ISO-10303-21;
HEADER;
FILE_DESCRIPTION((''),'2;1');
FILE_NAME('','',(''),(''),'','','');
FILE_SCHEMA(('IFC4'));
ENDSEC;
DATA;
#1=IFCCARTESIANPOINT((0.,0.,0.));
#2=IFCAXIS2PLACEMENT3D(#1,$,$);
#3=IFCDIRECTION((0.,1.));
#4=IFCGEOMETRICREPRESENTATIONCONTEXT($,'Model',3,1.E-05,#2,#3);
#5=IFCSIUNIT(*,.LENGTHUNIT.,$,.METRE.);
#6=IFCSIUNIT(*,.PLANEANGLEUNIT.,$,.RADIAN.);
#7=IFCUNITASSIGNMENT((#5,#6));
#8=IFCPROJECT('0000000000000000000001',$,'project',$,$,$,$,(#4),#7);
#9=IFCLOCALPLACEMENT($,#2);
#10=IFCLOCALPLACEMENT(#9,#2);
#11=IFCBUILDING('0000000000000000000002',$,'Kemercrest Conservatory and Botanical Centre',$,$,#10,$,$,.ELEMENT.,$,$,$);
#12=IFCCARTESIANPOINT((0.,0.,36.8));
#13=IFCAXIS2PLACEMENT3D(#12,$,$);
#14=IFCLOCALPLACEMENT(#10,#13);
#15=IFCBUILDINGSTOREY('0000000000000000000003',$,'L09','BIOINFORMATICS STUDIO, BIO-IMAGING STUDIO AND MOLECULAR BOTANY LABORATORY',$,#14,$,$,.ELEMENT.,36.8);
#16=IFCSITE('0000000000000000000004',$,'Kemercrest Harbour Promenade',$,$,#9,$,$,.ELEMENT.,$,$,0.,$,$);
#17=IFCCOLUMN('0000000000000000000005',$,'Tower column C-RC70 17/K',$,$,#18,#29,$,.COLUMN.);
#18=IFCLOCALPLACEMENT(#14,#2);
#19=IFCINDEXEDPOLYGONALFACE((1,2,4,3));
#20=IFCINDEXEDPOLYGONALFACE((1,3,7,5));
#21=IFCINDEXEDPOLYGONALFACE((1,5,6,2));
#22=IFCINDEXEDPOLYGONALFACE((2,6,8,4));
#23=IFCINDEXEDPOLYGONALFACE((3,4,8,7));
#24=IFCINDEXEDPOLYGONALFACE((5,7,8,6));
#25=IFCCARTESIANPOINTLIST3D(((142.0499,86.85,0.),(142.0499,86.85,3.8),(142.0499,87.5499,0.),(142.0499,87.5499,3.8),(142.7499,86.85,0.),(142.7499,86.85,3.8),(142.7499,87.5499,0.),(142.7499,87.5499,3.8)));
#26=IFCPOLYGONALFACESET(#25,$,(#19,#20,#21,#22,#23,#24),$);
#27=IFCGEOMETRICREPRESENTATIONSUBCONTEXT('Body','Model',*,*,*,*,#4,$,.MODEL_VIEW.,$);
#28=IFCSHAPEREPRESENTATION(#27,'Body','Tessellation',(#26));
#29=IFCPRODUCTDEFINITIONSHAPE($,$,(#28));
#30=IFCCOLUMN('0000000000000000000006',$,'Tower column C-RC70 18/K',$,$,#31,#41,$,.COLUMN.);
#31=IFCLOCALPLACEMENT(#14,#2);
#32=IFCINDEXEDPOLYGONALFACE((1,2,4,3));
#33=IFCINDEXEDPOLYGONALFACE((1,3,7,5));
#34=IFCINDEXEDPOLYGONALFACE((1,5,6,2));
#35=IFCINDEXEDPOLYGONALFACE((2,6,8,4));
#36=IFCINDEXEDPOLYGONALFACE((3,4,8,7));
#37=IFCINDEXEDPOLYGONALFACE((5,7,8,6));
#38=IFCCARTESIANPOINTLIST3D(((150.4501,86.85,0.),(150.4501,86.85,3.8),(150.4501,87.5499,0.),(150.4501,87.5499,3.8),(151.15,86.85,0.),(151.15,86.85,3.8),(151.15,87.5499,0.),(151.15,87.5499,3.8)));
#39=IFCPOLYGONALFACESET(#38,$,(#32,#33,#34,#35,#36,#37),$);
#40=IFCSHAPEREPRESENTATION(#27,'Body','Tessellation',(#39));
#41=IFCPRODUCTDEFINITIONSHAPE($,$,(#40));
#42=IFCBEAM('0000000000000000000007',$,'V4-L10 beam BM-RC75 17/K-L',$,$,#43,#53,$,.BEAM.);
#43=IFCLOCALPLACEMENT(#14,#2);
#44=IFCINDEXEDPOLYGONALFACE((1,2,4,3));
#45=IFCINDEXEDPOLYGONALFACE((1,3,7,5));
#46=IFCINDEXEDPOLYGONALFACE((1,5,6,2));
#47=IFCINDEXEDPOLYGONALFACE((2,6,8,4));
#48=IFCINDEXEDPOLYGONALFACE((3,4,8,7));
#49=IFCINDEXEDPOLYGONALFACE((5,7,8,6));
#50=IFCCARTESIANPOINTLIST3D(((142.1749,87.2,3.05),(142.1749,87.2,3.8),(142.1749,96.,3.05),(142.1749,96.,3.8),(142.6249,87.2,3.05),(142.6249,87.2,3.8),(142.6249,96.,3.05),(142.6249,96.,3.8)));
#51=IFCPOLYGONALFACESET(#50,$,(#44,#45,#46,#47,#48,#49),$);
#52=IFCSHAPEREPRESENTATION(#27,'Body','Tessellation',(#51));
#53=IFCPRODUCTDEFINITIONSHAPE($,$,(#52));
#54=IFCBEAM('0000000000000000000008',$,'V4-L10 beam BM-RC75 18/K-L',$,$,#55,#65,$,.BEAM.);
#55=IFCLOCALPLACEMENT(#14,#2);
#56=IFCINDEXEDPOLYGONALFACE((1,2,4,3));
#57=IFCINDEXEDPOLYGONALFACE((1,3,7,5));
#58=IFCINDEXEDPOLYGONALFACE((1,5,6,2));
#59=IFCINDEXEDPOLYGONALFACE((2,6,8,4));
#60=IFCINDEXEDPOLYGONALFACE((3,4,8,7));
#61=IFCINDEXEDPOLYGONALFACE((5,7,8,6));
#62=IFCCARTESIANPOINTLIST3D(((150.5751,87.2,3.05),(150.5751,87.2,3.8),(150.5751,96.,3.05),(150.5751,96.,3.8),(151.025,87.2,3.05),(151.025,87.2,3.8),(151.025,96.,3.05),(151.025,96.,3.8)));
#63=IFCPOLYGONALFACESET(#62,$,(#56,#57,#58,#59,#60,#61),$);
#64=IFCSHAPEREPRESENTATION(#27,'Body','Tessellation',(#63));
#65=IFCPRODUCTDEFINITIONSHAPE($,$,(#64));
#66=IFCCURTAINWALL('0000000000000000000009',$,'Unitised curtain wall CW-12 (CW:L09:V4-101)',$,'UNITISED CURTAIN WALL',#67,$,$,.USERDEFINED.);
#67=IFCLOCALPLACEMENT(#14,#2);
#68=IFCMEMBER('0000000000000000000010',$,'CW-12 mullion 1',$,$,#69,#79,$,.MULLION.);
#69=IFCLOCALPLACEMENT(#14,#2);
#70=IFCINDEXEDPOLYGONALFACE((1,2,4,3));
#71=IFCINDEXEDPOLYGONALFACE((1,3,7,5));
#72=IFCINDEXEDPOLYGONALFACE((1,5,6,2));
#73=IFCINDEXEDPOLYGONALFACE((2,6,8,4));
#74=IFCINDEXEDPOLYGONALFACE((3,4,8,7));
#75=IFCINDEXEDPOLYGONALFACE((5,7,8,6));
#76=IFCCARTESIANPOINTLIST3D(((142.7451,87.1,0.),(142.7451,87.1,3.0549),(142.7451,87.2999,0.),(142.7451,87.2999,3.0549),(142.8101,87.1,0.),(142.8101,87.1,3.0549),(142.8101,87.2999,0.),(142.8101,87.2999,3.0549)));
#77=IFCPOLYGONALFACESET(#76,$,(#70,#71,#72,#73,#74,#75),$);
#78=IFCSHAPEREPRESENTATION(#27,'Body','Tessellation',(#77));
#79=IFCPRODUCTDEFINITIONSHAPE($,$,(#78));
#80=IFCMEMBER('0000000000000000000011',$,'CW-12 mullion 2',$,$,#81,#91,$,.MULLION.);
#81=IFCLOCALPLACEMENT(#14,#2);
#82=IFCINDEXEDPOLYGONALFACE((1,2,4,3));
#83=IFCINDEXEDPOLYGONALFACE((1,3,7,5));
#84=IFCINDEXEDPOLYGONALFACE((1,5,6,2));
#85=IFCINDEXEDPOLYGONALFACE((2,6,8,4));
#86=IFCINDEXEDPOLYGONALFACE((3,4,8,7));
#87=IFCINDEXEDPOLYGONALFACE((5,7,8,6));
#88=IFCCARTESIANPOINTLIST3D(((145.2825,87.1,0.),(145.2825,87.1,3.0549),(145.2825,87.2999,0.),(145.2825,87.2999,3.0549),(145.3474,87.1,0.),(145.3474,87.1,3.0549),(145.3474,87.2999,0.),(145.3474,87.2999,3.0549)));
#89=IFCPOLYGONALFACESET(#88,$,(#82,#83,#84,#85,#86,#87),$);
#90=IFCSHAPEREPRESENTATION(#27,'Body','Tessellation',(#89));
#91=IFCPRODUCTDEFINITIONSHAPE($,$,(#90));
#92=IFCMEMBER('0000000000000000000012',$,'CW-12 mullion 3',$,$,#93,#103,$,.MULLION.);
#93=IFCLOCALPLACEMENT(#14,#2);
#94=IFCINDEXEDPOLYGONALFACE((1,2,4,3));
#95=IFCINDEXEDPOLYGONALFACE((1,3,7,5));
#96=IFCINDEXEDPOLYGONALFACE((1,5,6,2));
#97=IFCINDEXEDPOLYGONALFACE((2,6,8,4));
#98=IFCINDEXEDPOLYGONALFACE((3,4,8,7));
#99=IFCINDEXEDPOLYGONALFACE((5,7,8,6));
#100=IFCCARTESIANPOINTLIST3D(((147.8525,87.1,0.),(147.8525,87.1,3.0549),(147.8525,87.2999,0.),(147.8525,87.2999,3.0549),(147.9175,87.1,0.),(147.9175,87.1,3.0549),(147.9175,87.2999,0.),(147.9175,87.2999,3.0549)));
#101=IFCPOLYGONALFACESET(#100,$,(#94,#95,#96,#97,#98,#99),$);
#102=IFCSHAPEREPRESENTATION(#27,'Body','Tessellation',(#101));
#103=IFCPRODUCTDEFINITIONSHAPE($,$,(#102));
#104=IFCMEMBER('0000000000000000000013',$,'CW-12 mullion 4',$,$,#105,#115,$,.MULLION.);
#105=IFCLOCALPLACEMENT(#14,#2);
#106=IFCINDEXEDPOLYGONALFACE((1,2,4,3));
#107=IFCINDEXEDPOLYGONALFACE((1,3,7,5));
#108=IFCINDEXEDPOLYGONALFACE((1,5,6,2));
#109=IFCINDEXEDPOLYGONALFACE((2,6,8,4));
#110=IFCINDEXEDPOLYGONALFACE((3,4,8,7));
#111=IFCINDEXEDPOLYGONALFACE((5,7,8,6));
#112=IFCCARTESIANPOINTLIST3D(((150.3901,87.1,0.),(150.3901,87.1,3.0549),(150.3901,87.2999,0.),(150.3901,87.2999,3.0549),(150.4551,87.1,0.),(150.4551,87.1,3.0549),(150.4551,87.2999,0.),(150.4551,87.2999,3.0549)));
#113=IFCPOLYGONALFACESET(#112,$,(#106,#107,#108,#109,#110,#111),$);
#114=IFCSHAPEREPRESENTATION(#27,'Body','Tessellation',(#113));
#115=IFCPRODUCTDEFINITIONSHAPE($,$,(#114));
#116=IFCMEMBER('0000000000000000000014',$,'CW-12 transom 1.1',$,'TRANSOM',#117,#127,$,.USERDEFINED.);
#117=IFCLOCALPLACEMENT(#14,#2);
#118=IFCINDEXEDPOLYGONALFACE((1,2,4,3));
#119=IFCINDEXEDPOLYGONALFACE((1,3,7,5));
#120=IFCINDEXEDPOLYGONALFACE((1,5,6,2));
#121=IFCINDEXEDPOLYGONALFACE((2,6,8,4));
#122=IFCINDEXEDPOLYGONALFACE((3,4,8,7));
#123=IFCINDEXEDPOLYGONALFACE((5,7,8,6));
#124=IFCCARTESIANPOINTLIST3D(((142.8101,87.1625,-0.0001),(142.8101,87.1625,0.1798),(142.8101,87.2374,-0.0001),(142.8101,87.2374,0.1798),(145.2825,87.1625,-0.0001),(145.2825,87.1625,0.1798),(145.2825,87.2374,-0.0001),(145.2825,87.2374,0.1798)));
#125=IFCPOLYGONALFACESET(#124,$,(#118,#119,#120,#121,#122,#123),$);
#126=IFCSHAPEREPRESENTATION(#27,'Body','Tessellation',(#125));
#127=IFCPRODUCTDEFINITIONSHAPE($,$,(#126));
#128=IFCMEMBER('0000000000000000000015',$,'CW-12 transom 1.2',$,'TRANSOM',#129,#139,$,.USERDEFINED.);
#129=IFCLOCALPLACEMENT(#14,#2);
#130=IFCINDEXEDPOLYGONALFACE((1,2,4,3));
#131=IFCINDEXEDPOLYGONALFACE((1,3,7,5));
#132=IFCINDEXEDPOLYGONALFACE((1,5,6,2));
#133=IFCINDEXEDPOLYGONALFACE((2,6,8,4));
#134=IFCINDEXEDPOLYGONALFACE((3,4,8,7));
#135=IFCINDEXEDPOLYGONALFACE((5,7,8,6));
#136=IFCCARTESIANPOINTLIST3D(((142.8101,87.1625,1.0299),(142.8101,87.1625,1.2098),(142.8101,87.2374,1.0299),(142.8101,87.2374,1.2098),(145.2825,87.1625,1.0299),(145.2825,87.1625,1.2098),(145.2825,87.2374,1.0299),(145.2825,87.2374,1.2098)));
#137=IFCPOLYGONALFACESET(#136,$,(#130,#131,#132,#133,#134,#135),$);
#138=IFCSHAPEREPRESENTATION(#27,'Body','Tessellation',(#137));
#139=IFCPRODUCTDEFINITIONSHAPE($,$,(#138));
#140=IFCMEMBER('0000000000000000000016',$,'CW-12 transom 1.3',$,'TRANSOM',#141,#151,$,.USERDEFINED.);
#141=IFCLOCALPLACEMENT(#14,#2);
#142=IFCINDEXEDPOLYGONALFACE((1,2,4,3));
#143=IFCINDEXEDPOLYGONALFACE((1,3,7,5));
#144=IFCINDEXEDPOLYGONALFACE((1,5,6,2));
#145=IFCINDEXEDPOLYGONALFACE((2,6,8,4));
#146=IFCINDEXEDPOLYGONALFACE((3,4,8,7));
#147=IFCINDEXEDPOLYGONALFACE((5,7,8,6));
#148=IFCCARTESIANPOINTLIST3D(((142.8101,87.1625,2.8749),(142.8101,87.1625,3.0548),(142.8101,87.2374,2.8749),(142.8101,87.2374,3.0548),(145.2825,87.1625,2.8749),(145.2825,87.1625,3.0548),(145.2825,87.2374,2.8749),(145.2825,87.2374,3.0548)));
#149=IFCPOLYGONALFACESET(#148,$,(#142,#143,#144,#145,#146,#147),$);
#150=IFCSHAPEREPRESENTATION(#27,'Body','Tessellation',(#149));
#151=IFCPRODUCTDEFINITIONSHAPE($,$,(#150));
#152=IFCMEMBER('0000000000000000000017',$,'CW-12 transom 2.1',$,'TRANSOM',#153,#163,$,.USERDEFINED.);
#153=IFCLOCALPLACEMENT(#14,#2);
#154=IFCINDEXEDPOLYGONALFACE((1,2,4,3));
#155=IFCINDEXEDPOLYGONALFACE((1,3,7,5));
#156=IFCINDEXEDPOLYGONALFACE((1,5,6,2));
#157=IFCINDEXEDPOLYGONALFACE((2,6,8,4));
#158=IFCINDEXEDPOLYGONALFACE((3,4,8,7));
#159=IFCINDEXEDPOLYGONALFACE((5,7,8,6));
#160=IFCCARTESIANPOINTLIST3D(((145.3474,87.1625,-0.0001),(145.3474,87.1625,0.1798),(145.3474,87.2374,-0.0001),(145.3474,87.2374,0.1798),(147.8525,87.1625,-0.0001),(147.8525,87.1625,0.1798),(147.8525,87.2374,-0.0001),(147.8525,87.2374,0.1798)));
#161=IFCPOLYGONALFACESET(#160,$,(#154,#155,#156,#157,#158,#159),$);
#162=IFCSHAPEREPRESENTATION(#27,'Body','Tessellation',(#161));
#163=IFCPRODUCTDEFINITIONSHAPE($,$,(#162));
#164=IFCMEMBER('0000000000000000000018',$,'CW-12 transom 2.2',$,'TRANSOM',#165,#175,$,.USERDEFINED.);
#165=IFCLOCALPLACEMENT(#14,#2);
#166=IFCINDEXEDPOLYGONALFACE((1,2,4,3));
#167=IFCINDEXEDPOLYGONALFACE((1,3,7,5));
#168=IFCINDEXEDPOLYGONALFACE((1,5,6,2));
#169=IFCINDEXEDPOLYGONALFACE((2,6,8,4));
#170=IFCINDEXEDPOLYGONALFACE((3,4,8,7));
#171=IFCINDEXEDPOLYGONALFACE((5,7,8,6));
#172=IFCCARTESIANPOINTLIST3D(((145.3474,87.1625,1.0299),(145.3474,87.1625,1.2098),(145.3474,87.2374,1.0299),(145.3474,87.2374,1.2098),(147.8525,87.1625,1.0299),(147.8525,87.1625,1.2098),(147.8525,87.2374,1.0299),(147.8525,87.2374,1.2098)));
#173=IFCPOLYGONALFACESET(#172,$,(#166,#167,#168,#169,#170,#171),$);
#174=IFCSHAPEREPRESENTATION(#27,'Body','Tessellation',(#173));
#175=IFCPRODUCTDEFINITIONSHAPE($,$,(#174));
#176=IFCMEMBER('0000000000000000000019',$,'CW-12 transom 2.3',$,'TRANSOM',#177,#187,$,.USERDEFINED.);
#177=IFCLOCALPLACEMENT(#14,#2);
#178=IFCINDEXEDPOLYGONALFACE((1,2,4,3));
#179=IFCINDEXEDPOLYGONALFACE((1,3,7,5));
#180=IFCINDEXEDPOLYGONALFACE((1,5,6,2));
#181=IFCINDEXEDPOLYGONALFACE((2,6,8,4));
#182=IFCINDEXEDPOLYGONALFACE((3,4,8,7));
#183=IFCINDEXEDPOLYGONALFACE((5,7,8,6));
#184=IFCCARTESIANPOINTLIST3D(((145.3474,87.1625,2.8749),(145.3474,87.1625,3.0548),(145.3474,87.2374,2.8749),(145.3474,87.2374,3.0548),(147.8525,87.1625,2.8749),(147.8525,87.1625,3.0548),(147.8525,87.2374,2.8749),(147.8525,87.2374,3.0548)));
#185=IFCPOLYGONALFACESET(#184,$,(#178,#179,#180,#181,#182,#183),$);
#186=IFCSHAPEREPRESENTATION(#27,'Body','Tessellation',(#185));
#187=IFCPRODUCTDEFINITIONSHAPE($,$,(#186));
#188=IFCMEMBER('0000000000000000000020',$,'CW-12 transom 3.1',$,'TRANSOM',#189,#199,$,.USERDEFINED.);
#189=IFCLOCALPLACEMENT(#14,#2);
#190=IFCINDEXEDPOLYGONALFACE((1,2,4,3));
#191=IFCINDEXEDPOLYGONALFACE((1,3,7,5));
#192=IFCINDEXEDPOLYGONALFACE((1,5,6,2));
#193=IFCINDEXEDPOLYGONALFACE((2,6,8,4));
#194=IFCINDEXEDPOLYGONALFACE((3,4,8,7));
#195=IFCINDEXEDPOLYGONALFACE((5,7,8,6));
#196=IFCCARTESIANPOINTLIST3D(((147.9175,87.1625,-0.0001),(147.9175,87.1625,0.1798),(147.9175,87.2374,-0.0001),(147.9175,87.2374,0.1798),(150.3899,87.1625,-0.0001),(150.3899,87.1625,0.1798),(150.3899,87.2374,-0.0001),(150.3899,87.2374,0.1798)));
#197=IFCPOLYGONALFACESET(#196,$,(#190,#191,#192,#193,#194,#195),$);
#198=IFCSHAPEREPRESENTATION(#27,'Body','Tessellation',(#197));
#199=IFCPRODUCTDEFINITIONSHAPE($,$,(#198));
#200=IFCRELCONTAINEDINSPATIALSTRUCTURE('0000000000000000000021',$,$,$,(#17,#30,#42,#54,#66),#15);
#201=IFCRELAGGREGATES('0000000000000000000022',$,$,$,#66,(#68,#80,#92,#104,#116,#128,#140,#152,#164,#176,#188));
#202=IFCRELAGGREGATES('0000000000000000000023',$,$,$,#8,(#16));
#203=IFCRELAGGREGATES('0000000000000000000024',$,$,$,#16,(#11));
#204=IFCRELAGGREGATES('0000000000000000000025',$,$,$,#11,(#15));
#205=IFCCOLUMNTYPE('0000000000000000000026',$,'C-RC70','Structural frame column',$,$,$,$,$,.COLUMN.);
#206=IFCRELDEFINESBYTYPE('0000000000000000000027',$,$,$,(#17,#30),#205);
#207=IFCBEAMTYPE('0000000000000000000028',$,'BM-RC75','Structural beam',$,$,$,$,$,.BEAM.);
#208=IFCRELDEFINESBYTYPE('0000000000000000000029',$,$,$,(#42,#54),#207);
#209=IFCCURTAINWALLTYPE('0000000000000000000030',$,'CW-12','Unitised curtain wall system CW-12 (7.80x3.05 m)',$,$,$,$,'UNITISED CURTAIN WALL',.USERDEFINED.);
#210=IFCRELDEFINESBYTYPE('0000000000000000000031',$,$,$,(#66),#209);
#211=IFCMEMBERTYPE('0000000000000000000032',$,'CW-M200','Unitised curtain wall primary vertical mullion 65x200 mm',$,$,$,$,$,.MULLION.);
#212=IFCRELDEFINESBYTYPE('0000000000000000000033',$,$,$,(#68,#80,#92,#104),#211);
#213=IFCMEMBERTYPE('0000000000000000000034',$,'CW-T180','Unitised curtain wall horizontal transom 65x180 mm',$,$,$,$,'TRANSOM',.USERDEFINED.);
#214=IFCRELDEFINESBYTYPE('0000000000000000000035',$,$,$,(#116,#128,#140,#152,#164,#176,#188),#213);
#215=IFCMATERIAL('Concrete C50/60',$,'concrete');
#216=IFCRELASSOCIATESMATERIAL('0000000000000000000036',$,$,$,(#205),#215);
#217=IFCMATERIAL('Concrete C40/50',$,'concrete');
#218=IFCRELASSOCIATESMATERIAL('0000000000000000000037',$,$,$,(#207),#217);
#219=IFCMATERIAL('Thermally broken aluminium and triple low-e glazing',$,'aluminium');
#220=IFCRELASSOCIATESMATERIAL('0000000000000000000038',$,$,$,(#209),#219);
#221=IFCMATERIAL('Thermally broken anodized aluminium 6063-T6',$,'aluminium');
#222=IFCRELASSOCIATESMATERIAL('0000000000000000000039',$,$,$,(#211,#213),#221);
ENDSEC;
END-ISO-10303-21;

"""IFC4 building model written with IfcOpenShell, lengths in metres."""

from ifc_helpers import new_model, si_unit, direction, frame, origin, origin_2d, place, context, subcontext, project, spatial, rectangle, extrude, material, material_profile, profile_set, type_object, element, aggregate, save


model = new_model("IFC4")

# Units and contexts
model_context = context("Model", 3, precision=1e-05, world=origin(), true_north=direction((0.0, 1.0)))
body_context = subcontext(model_context, "Body", "Model", "MODEL_VIEW")
ifc_project = project(units=[si_unit("LENGTHUNIT", "METRE"), si_unit("PLANEANGLEUNIT", "RADIAN")], contexts=[model_context])

# Site, building, storey
site_placement = place(None, origin())
site = spatial("IfcSite", under=ifc_project, at=site_placement, Name="Kemercrest Harbour Promenade", CompositionType="ELEMENT", RefElevation=0.0)
building_placement = place(site_placement, origin())
building = spatial("IfcBuilding", under=site, at=building_placement, Name="Kemercrest Conservatory and Botanical Centre", CompositionType="ELEMENT")
storey_placement = place(building_placement, frame((0.0, 0.0, 36.8)))
storey = spatial("IfcBuildingStorey", under=building, at=storey_placement, Name="L09", Description="BIOINFORMATICS STUDIO, BIO-IMAGING STUDIO AND MOLECULAR BOTANY LABORATORY", CompositionType="ELEMENT", Elevation=36.8)

# Columns
ifc_material_1 = material(Name="Concrete C50/60", Category="concrete")
ifc_material_profile_1 = material_profile(ifc_material_1, rectangle(XDim=0.7, YDim=0.7, at=origin_2d()), Name="RC 700x700")
ifc_profile_set_1 = profile_set([ifc_material_profile_1], Name="Concrete C50/60")
column_type = type_object("IfcColumnType", Name="C-RC70", Description="Structural frame column", PredefinedType="COLUMN", material=ifc_profile_set_1)
for number, where, z_axis, x_axis, name in (
    (1, (142.3999, 87.2, 0.0), (0.0, 0.0, 1.0), (1.0, 0.0, 0.0), "Tower column C-RC70 17/K"),
    (2, (150.8, 87.2, 0.0), (0.0, 0.0, 1.0), (1.0, 0.0, 0.0), "Tower column C-RC70 18/K"),
):
    element("IfcColumn", number, at=place(storey_placement, frame(where, z_axis=z_axis, x_axis=x_axis)), inside=storey, type_object=column_type, Name=name, PredefinedType="COLUMN", context=body_context, shape_type="SweptSolid", body=[
        extrude(rectangle(XDim=0.7, YDim=0.7, at=origin_2d()), origin(), (0.0, 0.0, 1.0), 3.8),
    ])

# Beams
ifc_material_2 = material(Name="Concrete C40/50", Category="concrete")
ifc_material_profile_2 = material_profile(ifc_material_2, rectangle(XDim=0.45, YDim=0.75, at=origin_2d()), Name="RC 450x750")
ifc_profile_set_2 = profile_set([ifc_material_profile_2], Name="Concrete C40/50")
beam_type_1 = type_object("IfcBeamType", Name="BM-RC75", Description="Structural beam", PredefinedType="BEAM", material=ifc_profile_set_2)
for number, where, z_axis, x_axis, name in (
    (3, (142.3999, 87.2, 3.425), (0.0, 1.0, 0.0), (-1.0, 0.0, 0.0), "V4-L10 beam BM-RC75 17/K-L"),
    (4, (150.8, 87.2, 3.425), (0.0, 1.0, 0.0), (-1.0, 0.0, 0.0), "V4-L10 beam BM-RC75 18/K-L"),
):
    element("IfcBeam", number, at=place(storey_placement, frame(where, z_axis=z_axis, x_axis=x_axis)), inside=storey, type_object=beam_type_1, Name=name, PredefinedType="BEAM", context=body_context, shape_type="SweptSolid", body=[
        extrude(rectangle(XDim=0.45, YDim=0.75, at=origin_2d()), origin(), (0.0, 0.0, 1.0), 8.8),
    ])

# Curtain wall, members
ifc_material_3 = material(Name="Thermally broken aluminium and triple low-e glazing", Category="aluminium")
curtain_wall_type = type_object("IfcCurtainWallType", Name="CW-12", Description="Unitised curtain wall system CW-12 (7.80x3.05 m)", ElementType="UNITISED CURTAIN WALL", PredefinedType="USERDEFINED", material=ifc_material_3)
curtain_wall_placement = place(storey_placement, origin())
curtain_wall = element("IfcCurtainWall", 5, at=curtain_wall_placement, inside=storey, type_object=curtain_wall_type, Name="Unitised curtain wall CW-12 (CW:L09:V4-101)", ObjectType="UNITISED CURTAIN WALL", PredefinedType="USERDEFINED")
ifc_material_4 = material(Name="Thermally broken anodized aluminium 6063-T6", Category="aluminium")
ifc_material_profile_3 = material_profile(ifc_material_4, rectangle(XDim=0.2, YDim=0.0649, at=origin_2d()), Name="AL MULLION 65x200")
ifc_profile_set_3 = profile_set([ifc_material_profile_3], Name="Thermally broken anodized aluminium 6063-T6")
member_type_1 = type_object("IfcMemberType", Name="CW-M200", Description="Unitised curtain wall primary vertical mullion 65x200 mm", PredefinedType="MULLION", material=ifc_profile_set_3)
member_1_placement = place(storey_placement, frame((142.7776, 87.2, 0.0), z_axis=(0.0, 0.0, 1.0), x_axis=(0.0, 1.0, 0.0)))
member_1 = element("IfcMember", 6, at=member_1_placement, type_object=member_type_1, Name="CW-12 mullion 1", PredefinedType="MULLION", context=body_context, shape_type="SweptSolid", body=[
    extrude(rectangle(XDim=0.2, YDim=0.0649, at=origin_2d()), origin(), (0.0, 0.0, 1.0), 3.0549),
])
member_2_placement = place(storey_placement, frame((145.3149, 87.2, 0.0), z_axis=(0.0, 0.0, 1.0), x_axis=(0.0, 1.0, 0.0)))
member_2 = element("IfcMember", 7, at=member_2_placement, type_object=member_type_1, Name="CW-12 mullion 2", PredefinedType="MULLION", context=body_context, shape_type="SweptSolid", body=[
    extrude(rectangle(XDim=0.2, YDim=0.0649, at=origin_2d()), origin(), (0.0, 0.0, 1.0), 3.0549),
])
member_3_placement = place(storey_placement, frame((147.885, 87.2, 0.0), z_axis=(0.0, 0.0, 1.0), x_axis=(0.0, 1.0, 0.0)))
member_3 = element("IfcMember", 8, at=member_3_placement, type_object=member_type_1, Name="CW-12 mullion 3", PredefinedType="MULLION", context=body_context, shape_type="SweptSolid", body=[
    extrude(rectangle(XDim=0.2, YDim=0.0649, at=origin_2d()), origin(), (0.0, 0.0, 1.0), 3.0549),
])
member_4_placement = place(storey_placement, frame((150.4226, 87.2, 0.0), z_axis=(0.0, 0.0, 1.0), x_axis=(0.0, 1.0, 0.0)))
member_4 = element("IfcMember", 9, at=member_4_placement, type_object=member_type_1, Name="CW-12 mullion 4", PredefinedType="MULLION", context=body_context, shape_type="SweptSolid", body=[
    extrude(rectangle(XDim=0.2, YDim=0.0649, at=origin_2d()), origin(), (0.0, 0.0, 1.0), 3.0549),
])
ifc_material_profile_4 = material_profile(ifc_material_4, rectangle(XDim=0.075, YDim=0.1799, at=origin_2d()), Name="AL TRANSOM 75x180")
ifc_profile_set_4 = profile_set([ifc_material_profile_4], Name="Thermally broken anodized aluminium 6063-T6")
member_type_2 = type_object("IfcMemberType", Name="CW-T180", Description="Unitised curtain wall horizontal transom 65x180 mm", ElementType="TRANSOM", PredefinedType="USERDEFINED", material=ifc_profile_set_4)
member_5_placement = place(storey_placement, frame((142.8101, 87.2, 0.0898), z_axis=(1.0, 0.0, 0.0), x_axis=(0.0, 1.0, 0.0)))
member_5 = element("IfcMember", 10, at=member_5_placement, type_object=member_type_2, Name="CW-12 transom 1.1", ObjectType="TRANSOM", PredefinedType="USERDEFINED", context=body_context, shape_type="SweptSolid", body=[
    extrude(rectangle(XDim=0.075, YDim=0.1799, at=origin_2d()), origin(), (0.0, 0.0, 1.0), 2.4724),
])
member_6_placement = place(storey_placement, frame((142.8101, 87.2, 1.1199), z_axis=(1.0, 0.0, 0.0), x_axis=(0.0, 1.0, 0.0)))
member_6 = element("IfcMember", 11, at=member_6_placement, type_object=member_type_2, Name="CW-12 transom 1.2", ObjectType="TRANSOM", PredefinedType="USERDEFINED", context=body_context, shape_type="SweptSolid", body=[
    extrude(rectangle(XDim=0.075, YDim=0.1799, at=origin_2d()), origin(), (0.0, 0.0, 1.0), 2.4724),
])
member_7_placement = place(storey_placement, frame((142.8101, 87.2, 2.9648), z_axis=(1.0, 0.0, 0.0), x_axis=(0.0, 1.0, 0.0)))
member_7 = element("IfcMember", 12, at=member_7_placement, type_object=member_type_2, Name="CW-12 transom 1.3", ObjectType="TRANSOM", PredefinedType="USERDEFINED", context=body_context, shape_type="SweptSolid", body=[
    extrude(rectangle(XDim=0.075, YDim=0.1799, at=origin_2d()), origin(), (0.0, 0.0, 1.0), 2.4724),
])
member_8_placement = place(storey_placement, frame((145.3474, 87.2, 0.0898), z_axis=(1.0, 0.0, 0.0), x_axis=(0.0, 1.0, 0.0)))
member_8 = element("IfcMember", 13, at=member_8_placement, type_object=member_type_2, Name="CW-12 transom 2.1", ObjectType="TRANSOM", PredefinedType="USERDEFINED", context=body_context, shape_type="SweptSolid", body=[
    extrude(rectangle(XDim=0.075, YDim=0.1799, at=origin_2d()), origin(), (0.0, 0.0, 1.0), 2.5051),
])
member_9_placement = place(storey_placement, frame((145.3474, 87.2, 1.1199), z_axis=(1.0, 0.0, 0.0), x_axis=(0.0, 1.0, 0.0)))
member_9 = element("IfcMember", 14, at=member_9_placement, type_object=member_type_2, Name="CW-12 transom 2.2", ObjectType="TRANSOM", PredefinedType="USERDEFINED", context=body_context, shape_type="SweptSolid", body=[
    extrude(rectangle(XDim=0.075, YDim=0.1799, at=origin_2d()), origin(), (0.0, 0.0, 1.0), 2.5051),
])
member_10_placement = place(storey_placement, frame((145.3474, 87.2, 2.9648), z_axis=(1.0, 0.0, 0.0), x_axis=(0.0, 1.0, 0.0)))
member_10 = element("IfcMember", 15, at=member_10_placement, type_object=member_type_2, Name="CW-12 transom 2.3", ObjectType="TRANSOM", PredefinedType="USERDEFINED", context=body_context, shape_type="SweptSolid", body=[
    extrude(rectangle(XDim=0.075, YDim=0.1799, at=origin_2d()), origin(), (0.0, 0.0, 1.0), 2.5051),
])
member_11_placement = place(storey_placement, frame((147.9175, 87.2, 0.0898), z_axis=(1.0, 0.0, 0.0), x_axis=(0.0, 1.0, 0.0)))
member_11 = element("IfcMember", 16, at=member_11_placement, type_object=member_type_2, Name="CW-12 transom 3.1", ObjectType="TRANSOM", PredefinedType="USERDEFINED", context=body_context, shape_type="SweptSolid", body=[
    extrude(rectangle(XDim=0.075, YDim=0.1799, at=origin_2d()), origin(), (0.0, 0.0, 1.0), 2.4724),
])

aggregate(curtain_wall, [member_1, member_2, member_3, member_4, member_5, member_6, member_7, member_8, member_9, member_10, member_11])

save(model, "model.ifc")
